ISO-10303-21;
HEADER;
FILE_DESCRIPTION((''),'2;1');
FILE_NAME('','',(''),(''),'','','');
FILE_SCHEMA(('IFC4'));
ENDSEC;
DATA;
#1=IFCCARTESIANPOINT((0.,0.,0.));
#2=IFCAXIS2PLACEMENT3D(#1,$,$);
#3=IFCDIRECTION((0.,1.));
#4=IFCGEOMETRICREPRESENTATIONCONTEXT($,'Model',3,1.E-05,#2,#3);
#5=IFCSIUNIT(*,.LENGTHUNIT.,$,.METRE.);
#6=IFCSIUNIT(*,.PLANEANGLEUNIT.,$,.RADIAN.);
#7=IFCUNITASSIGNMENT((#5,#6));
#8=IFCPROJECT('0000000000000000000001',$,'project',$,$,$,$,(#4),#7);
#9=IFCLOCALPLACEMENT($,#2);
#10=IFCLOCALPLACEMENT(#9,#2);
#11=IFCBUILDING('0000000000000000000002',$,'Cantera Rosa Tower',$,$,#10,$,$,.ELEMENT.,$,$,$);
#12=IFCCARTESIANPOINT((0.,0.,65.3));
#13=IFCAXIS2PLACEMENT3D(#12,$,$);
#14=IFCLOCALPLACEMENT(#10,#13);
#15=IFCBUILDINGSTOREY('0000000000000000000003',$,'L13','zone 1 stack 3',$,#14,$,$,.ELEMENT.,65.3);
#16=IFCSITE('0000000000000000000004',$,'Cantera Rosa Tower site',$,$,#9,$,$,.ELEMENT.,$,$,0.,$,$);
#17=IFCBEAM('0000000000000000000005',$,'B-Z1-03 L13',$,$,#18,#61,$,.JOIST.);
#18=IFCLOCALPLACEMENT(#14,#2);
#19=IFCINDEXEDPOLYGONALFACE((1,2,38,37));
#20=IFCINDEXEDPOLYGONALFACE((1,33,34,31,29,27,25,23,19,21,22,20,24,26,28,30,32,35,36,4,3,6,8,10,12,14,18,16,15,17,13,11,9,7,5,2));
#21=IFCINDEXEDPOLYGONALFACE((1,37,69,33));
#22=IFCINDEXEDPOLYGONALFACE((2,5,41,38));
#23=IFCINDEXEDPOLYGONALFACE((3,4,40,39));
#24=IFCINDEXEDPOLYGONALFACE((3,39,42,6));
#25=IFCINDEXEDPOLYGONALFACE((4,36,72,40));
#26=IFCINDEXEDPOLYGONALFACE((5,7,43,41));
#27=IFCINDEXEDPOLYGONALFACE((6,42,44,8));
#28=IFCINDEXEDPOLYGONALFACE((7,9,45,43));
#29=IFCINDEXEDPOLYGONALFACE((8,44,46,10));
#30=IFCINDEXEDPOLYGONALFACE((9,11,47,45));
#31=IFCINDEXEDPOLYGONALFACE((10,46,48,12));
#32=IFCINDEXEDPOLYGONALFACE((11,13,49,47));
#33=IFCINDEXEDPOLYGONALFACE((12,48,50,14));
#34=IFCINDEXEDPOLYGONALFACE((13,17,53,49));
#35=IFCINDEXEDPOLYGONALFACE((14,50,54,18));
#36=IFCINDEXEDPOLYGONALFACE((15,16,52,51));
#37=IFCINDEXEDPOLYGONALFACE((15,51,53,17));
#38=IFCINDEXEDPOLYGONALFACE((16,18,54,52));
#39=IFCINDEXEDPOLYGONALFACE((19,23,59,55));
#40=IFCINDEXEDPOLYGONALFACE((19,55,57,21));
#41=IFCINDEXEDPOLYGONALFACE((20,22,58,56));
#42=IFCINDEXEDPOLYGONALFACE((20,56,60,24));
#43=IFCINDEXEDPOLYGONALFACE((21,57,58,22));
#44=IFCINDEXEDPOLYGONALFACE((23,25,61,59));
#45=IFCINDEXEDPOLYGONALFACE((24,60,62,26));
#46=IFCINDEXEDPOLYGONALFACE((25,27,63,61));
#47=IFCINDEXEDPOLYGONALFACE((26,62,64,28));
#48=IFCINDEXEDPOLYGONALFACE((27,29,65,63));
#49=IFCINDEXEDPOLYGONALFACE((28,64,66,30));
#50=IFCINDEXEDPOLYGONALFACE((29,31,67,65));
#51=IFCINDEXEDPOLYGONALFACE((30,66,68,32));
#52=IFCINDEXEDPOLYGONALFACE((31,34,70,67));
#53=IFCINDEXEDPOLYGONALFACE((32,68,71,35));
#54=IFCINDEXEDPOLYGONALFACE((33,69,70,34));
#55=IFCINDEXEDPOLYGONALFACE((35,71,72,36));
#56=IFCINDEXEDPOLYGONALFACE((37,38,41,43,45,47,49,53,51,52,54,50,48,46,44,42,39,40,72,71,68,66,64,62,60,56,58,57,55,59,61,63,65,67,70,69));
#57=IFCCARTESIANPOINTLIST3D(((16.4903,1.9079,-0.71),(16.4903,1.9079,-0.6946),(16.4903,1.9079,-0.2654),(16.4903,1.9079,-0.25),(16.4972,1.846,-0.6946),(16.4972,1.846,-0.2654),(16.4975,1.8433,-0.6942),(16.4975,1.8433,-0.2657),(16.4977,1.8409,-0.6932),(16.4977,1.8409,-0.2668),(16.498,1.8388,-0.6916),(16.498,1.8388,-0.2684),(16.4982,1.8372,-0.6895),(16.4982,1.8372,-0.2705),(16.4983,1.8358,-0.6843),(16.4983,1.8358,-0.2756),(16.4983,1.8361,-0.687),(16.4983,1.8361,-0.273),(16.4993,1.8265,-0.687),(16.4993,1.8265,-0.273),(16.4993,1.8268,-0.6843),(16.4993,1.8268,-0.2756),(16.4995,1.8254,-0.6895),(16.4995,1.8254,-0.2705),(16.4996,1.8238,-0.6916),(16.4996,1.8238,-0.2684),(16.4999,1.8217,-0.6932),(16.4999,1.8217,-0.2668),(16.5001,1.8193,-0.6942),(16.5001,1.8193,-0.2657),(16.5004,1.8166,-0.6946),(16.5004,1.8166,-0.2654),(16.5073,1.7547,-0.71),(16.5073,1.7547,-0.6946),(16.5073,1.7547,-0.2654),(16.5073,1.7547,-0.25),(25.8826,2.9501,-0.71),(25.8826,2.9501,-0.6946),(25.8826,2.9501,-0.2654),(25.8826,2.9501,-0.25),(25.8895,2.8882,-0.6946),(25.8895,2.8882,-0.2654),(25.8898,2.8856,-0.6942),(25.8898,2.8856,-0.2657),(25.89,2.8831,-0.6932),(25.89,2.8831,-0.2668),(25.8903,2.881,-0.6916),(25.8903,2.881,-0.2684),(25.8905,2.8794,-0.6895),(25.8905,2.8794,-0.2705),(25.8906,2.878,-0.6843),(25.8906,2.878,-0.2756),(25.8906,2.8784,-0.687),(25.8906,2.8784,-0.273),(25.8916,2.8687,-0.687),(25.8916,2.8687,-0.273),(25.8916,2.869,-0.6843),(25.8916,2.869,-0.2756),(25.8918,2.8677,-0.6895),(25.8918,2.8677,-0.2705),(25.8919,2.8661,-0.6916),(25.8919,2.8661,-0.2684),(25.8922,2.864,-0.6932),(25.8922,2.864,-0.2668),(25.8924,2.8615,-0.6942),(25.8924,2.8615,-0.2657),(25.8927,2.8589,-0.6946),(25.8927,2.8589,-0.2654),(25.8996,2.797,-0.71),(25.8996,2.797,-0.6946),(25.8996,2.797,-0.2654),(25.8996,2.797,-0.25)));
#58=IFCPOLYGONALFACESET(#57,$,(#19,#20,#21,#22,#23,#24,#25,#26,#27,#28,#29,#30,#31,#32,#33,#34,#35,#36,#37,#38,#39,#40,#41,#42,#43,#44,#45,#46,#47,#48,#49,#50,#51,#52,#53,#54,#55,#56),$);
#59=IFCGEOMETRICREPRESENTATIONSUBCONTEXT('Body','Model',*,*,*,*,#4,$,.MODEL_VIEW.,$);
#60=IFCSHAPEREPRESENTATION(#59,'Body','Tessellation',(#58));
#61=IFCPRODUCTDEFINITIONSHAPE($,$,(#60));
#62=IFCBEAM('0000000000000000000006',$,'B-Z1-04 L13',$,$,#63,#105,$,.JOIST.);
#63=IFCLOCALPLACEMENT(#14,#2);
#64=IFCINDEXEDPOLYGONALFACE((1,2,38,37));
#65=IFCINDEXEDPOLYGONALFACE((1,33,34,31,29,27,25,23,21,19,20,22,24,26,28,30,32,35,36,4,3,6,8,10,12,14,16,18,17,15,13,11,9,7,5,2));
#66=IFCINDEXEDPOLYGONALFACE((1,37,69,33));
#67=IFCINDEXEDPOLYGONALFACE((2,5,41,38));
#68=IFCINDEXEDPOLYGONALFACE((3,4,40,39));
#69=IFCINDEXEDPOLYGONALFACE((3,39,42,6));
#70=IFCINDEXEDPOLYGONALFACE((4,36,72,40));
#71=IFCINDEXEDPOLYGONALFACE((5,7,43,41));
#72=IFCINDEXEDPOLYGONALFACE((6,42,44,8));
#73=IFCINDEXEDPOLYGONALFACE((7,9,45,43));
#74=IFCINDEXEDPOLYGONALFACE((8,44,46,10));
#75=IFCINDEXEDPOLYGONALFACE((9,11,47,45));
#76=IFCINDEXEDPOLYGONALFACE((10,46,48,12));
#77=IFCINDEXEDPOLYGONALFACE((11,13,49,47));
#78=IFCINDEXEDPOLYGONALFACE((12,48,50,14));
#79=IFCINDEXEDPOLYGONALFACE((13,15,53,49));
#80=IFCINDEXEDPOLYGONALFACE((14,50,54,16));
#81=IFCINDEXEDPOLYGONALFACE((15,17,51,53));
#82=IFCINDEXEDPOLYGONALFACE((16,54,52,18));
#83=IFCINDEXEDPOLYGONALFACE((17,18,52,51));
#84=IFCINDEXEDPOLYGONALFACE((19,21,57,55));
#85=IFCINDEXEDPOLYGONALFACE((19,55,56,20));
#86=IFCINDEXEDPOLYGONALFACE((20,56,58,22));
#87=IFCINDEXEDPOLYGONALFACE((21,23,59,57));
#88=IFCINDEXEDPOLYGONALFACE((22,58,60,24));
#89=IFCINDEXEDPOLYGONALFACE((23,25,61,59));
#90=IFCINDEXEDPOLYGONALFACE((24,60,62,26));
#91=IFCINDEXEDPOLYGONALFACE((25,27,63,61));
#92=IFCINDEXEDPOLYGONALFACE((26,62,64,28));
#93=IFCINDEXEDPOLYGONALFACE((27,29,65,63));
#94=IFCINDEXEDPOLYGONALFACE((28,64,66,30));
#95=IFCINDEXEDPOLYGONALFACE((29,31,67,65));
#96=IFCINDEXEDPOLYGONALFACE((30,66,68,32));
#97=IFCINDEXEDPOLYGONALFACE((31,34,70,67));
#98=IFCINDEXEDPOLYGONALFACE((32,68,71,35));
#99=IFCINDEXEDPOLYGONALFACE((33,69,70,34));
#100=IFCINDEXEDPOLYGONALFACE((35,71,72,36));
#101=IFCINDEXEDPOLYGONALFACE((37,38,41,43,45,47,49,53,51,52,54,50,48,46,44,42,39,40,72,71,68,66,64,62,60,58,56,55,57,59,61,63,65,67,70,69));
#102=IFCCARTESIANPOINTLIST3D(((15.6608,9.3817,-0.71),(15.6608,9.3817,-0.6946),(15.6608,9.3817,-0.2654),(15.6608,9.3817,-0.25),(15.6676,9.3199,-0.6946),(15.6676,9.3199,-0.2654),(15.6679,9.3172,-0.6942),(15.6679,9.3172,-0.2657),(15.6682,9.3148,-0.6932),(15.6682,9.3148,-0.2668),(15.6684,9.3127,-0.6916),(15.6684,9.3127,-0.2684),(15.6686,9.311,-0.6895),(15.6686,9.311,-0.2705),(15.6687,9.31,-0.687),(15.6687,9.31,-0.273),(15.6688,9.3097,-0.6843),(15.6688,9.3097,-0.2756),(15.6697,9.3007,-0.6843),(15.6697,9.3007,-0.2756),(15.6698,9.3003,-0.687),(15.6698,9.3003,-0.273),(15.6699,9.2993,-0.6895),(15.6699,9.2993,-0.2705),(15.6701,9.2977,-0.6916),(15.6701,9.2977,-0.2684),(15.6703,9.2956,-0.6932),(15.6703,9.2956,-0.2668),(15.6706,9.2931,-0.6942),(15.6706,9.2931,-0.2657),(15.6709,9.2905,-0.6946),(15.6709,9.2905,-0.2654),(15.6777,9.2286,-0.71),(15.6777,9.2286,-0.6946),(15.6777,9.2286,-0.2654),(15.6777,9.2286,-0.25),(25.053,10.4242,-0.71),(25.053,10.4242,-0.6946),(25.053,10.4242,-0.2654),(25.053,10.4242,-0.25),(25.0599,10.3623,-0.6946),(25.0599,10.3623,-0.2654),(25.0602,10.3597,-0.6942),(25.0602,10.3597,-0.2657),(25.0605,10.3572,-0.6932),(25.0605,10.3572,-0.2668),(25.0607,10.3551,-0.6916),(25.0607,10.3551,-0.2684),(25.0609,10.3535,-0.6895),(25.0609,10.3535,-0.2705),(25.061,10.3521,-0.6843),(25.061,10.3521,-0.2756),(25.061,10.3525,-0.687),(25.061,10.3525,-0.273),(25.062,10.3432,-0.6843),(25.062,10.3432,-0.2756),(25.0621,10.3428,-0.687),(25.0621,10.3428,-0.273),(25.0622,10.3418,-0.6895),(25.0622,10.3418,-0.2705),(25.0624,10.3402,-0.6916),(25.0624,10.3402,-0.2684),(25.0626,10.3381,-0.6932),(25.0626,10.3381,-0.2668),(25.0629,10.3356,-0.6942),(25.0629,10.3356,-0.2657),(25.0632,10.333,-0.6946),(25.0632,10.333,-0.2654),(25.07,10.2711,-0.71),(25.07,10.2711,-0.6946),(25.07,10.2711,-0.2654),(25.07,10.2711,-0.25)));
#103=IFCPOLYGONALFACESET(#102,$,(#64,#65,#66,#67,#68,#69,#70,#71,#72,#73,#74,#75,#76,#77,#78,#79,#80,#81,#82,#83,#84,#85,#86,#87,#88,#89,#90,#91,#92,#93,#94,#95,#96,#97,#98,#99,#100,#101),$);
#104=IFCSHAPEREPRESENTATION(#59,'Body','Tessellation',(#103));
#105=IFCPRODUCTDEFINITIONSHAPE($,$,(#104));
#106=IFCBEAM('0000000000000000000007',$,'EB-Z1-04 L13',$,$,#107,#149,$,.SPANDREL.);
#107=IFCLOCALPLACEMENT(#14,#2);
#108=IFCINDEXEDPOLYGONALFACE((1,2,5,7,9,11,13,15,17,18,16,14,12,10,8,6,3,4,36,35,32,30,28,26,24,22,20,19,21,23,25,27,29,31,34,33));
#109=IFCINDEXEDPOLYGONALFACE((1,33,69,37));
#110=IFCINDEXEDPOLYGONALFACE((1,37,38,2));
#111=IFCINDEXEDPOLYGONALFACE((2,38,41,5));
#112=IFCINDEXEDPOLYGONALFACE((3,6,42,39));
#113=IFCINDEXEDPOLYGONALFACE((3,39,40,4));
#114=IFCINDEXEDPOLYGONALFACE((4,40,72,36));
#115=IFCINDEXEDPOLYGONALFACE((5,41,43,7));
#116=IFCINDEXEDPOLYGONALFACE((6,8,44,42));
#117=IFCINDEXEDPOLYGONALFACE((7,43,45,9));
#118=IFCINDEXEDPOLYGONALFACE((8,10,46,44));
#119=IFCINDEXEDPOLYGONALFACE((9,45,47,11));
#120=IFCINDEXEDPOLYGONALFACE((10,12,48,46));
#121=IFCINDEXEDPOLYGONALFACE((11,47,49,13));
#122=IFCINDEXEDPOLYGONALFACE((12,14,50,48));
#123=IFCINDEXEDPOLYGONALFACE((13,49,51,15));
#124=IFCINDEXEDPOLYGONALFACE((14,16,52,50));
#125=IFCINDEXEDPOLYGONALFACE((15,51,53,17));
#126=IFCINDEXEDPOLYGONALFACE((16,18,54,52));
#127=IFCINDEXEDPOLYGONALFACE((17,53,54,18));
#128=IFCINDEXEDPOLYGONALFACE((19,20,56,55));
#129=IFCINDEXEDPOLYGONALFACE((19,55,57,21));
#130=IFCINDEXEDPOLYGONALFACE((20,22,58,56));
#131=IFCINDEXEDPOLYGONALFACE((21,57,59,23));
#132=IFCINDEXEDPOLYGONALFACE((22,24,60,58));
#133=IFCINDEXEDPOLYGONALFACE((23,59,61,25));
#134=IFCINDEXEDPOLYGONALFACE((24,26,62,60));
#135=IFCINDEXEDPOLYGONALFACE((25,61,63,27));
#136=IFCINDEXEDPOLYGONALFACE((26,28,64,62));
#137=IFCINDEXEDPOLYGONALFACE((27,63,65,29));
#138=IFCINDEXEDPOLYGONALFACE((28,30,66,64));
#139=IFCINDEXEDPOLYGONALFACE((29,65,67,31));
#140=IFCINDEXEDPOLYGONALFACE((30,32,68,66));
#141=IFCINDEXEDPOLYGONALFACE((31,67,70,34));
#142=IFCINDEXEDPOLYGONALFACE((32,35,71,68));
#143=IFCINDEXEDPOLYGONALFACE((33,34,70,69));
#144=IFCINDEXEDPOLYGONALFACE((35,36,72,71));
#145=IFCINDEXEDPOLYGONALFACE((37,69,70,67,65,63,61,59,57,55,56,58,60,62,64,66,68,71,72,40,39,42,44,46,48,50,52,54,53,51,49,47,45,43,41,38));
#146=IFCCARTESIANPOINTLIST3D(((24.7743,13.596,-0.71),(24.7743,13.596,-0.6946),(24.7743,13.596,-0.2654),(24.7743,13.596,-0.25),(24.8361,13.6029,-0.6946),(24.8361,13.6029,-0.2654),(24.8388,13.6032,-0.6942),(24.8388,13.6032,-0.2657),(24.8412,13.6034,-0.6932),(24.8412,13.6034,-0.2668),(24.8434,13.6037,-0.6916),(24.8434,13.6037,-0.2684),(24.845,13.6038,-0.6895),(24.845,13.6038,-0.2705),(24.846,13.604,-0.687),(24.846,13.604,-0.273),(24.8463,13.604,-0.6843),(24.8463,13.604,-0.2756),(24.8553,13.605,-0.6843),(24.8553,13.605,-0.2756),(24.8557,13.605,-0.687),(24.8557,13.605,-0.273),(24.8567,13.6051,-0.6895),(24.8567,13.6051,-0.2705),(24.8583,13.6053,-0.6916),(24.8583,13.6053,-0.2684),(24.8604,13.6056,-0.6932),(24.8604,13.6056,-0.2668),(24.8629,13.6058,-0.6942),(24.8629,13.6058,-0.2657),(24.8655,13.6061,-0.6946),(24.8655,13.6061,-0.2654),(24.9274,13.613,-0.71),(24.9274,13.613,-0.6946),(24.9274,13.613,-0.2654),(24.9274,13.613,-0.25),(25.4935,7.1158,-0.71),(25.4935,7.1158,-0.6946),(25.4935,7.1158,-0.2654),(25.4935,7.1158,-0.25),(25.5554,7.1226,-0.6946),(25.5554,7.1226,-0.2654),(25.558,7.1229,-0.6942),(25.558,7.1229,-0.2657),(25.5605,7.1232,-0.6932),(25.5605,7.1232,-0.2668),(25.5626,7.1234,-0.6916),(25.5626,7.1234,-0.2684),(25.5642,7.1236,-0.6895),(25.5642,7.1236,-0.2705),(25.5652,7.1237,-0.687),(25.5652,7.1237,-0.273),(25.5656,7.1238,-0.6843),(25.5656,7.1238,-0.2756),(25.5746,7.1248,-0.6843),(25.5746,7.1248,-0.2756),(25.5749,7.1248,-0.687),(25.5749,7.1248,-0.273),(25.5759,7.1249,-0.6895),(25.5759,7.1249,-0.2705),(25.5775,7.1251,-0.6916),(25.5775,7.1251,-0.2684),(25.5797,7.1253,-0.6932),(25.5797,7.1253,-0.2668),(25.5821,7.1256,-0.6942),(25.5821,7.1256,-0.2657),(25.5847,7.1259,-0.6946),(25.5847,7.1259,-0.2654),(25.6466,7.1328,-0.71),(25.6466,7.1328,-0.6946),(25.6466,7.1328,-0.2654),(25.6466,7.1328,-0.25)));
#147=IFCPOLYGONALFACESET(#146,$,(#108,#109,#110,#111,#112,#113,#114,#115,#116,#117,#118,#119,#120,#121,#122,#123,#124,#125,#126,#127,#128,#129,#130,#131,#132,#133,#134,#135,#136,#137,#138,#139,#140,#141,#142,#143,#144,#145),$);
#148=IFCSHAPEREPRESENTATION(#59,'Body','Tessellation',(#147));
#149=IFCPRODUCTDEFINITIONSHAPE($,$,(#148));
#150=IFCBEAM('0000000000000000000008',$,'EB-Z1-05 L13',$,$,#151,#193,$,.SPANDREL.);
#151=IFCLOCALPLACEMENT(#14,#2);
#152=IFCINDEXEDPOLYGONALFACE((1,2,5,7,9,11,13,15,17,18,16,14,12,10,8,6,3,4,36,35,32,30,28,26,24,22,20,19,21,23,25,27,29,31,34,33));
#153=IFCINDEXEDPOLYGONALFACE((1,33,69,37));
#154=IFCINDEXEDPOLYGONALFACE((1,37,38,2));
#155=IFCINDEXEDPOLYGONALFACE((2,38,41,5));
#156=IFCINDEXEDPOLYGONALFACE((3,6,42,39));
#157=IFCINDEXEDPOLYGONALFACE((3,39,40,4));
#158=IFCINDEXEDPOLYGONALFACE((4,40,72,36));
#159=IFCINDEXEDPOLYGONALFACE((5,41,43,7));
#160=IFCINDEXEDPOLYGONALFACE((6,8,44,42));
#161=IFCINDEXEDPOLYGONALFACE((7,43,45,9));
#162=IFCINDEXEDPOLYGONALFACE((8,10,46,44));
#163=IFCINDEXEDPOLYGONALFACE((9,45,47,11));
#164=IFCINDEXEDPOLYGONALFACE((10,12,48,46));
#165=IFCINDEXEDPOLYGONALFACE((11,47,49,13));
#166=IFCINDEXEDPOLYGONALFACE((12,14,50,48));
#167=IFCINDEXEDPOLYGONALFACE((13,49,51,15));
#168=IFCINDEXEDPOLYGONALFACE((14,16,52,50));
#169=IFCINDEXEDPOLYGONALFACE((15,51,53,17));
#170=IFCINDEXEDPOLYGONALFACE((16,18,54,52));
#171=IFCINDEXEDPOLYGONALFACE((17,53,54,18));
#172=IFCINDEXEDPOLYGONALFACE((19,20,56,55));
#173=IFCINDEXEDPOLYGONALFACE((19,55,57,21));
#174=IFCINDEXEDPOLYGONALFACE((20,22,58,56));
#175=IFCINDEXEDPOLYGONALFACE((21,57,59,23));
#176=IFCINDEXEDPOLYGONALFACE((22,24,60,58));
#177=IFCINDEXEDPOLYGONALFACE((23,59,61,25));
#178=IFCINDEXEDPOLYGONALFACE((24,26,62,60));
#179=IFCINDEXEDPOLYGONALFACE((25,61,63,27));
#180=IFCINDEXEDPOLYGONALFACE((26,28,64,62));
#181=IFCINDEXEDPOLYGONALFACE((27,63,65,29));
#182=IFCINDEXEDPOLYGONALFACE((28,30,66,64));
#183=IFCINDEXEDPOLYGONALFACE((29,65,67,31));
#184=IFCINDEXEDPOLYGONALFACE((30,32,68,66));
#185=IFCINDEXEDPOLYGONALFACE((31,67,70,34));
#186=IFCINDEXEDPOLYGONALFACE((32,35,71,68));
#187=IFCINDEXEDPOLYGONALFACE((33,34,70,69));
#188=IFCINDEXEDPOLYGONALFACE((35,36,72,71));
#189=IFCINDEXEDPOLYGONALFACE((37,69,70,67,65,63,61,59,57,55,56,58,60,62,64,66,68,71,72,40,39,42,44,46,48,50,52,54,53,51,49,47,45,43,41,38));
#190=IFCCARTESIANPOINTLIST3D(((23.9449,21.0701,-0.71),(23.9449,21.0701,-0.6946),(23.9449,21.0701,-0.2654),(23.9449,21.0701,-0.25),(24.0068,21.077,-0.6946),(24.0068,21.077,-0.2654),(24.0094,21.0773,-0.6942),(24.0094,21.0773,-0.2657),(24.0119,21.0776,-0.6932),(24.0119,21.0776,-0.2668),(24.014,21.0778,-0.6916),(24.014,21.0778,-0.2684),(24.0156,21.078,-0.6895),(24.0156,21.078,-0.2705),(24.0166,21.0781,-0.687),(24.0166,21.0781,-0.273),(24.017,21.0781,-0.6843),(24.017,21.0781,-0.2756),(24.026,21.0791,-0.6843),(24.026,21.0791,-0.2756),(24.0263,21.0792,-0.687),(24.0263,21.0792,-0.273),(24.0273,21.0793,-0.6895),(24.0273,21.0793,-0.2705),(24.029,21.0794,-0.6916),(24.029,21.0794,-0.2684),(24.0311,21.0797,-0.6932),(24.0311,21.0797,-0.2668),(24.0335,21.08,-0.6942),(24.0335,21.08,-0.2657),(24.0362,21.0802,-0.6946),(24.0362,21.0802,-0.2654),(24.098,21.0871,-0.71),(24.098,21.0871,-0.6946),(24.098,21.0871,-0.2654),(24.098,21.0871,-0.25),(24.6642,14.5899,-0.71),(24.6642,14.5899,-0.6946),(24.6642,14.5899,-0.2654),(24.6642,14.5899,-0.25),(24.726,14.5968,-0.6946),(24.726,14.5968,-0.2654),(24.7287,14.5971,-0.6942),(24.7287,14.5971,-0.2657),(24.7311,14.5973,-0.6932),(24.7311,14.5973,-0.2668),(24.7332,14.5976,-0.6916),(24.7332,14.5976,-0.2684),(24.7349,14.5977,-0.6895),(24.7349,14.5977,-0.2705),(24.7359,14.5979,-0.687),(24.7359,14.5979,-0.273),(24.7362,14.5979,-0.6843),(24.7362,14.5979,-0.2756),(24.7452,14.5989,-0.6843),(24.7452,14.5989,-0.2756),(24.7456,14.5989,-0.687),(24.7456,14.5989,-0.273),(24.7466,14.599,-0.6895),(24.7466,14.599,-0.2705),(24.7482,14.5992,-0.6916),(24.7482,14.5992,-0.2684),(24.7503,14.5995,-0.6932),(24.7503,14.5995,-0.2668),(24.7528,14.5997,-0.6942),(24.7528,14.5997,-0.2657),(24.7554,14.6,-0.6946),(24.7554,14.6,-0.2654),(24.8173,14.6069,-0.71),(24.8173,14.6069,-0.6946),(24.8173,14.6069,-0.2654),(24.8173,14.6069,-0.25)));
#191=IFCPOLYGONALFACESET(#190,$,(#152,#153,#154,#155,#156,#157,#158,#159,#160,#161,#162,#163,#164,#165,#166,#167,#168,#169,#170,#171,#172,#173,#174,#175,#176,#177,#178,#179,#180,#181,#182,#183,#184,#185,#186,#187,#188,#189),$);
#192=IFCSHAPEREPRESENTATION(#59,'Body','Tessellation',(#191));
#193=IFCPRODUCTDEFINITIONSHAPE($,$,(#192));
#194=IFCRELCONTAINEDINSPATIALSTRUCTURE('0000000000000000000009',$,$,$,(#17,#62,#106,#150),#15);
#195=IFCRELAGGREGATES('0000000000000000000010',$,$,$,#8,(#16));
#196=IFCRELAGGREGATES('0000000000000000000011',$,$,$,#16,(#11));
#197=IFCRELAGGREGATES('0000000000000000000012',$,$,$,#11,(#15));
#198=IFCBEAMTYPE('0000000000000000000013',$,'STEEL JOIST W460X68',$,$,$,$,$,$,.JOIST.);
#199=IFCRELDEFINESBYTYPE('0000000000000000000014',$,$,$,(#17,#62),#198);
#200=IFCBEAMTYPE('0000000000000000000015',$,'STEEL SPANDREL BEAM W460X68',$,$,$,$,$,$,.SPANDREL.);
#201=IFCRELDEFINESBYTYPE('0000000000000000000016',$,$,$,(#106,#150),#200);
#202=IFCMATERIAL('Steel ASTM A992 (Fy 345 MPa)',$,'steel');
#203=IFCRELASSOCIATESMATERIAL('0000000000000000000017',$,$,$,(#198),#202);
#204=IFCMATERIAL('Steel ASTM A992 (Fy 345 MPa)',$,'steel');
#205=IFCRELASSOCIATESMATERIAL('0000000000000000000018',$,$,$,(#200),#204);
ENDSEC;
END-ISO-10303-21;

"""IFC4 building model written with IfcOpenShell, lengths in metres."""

from ifc_helpers import new_model, si_unit, direction, frame, origin, origin_2d, place, context, subcontext, project, spatial, i_section, extrude, material, material_profile, profile_set, type_object, element, save


model = new_model("IFC4")

# Units and contexts
model_context = context("Model", 3, precision=1e-05, world=origin(), true_north=direction((0.0, 1.0)))
body_context = subcontext(model_context, "Body", "Model", "MODEL_VIEW")
ifc_project = project(units=[si_unit("LENGTHUNIT", "METRE"), si_unit("PLANEANGLEUNIT", "RADIAN")], contexts=[model_context])

# Site, building, storey
site_placement = place(None, origin())
site = spatial("IfcSite", under=ifc_project, at=site_placement, Name="Cantera Rosa Tower site", CompositionType="ELEMENT", RefElevation=0.0)
building_placement = place(site_placement, origin())
building = spatial("IfcBuilding", under=site, at=building_placement, Name="Cantera Rosa Tower", CompositionType="ELEMENT")
storey_placement = place(building_placement, frame((0.0, 0.0, 65.3)))
storey = spatial("IfcBuildingStorey", under=building, at=storey_placement, Name="L13", Description="zone 1 stack 3", CompositionType="ELEMENT", Elevation=65.3)

# Beams
ifc_material_1 = material(Name="Steel ASTM A992 (Fy 345 MPa)", Category="steel")
ifc_material_profile_1 = material_profile(ifc_material_1, i_section(OverallWidth=0.1541, OverallDepth=0.46, WebThickness=0.009, FlangeThickness=0.0154, FilletRadius=0.0103, at=origin_2d()), Name="W460X68")
ifc_profile_set_1 = profile_set([ifc_material_profile_1], Name="Steel ASTM A992 (Fy 345 MPa)")
beam_type_1 = type_object("IfcBeamType", Name="STEEL JOIST W460X68", PredefinedType="JOIST", material=ifc_profile_set_1)
for number, where, z_axis, x_axis, name in (
    (1, (25.8911, 2.8735, -0.48), (-0.993899, -0.11029, 0.0), (0.11029, -0.993899, 0.0), "B-Z1-03 L13"),
    (2, (25.0615, 10.3477, -0.48), (-0.993897, -0.110315, 0.0), (0.110315, -0.993897, 0.0), "B-Z1-04 L13"),
):
    element("IfcBeam", number, at=place(storey_placement, frame(where, z_axis=z_axis, x_axis=x_axis)), inside=storey, type_object=beam_type_1, Name=name, PredefinedType="JOIST", context=body_context, shape_type="SweptSolid", body=[
        extrude(i_section(OverallWidth=0.1541, OverallDepth=0.46, WebThickness=0.009, FlangeThickness=0.0154, FilletRadius=0.0103, at=origin_2d()), origin(), (0.0, 0.0, 1.0), 9.45),
    ])
ifc_material_2 = material(Name="Steel ASTM A992 (Fy 345 MPa)", Category="steel")
ifc_material_profile_2 = material_profile(ifc_material_2, i_section(OverallWidth=0.1541, OverallDepth=0.46, WebThickness=0.009, FlangeThickness=0.0154, FilletRadius=0.0103, at=origin_2d()), Name="W460X68")
ifc_profile_set_2 = profile_set([ifc_material_profile_2], Name="Steel ASTM A992 (Fy 345 MPa)")
beam_type_2 = type_object("IfcBeamType", Name="STEEL SPANDREL BEAM W460X68", PredefinedType="SPANDREL", material=ifc_profile_set_2)
for number, where, z_axis, x_axis, name in (
    (3, (25.5701, 7.1243, -0.48), (-0.110312, 0.993897, 0.0), (-0.993897, -0.110312, 0.0), "EB-Z1-04 L13"),
    (4, (24.7407, 14.5984, -0.48), (-0.110312, 0.993897, 0.0), (-0.993897, -0.110312, 0.0), "EB-Z1-05 L13"),
):
    element("IfcBeam", number, at=place(storey_placement, frame(where, z_axis=z_axis, x_axis=x_axis)), inside=storey, type_object=beam_type_2, Name=name, PredefinedType="SPANDREL", context=body_context, shape_type="SweptSolid", body=[
        extrude(i_section(OverallWidth=0.1541, OverallDepth=0.46, WebThickness=0.009, FlangeThickness=0.0154, FilletRadius=0.0103, at=origin_2d()), origin(), (0.0, 0.0, 1.0), 6.52),
    ])

save(model, "model.ifc")
